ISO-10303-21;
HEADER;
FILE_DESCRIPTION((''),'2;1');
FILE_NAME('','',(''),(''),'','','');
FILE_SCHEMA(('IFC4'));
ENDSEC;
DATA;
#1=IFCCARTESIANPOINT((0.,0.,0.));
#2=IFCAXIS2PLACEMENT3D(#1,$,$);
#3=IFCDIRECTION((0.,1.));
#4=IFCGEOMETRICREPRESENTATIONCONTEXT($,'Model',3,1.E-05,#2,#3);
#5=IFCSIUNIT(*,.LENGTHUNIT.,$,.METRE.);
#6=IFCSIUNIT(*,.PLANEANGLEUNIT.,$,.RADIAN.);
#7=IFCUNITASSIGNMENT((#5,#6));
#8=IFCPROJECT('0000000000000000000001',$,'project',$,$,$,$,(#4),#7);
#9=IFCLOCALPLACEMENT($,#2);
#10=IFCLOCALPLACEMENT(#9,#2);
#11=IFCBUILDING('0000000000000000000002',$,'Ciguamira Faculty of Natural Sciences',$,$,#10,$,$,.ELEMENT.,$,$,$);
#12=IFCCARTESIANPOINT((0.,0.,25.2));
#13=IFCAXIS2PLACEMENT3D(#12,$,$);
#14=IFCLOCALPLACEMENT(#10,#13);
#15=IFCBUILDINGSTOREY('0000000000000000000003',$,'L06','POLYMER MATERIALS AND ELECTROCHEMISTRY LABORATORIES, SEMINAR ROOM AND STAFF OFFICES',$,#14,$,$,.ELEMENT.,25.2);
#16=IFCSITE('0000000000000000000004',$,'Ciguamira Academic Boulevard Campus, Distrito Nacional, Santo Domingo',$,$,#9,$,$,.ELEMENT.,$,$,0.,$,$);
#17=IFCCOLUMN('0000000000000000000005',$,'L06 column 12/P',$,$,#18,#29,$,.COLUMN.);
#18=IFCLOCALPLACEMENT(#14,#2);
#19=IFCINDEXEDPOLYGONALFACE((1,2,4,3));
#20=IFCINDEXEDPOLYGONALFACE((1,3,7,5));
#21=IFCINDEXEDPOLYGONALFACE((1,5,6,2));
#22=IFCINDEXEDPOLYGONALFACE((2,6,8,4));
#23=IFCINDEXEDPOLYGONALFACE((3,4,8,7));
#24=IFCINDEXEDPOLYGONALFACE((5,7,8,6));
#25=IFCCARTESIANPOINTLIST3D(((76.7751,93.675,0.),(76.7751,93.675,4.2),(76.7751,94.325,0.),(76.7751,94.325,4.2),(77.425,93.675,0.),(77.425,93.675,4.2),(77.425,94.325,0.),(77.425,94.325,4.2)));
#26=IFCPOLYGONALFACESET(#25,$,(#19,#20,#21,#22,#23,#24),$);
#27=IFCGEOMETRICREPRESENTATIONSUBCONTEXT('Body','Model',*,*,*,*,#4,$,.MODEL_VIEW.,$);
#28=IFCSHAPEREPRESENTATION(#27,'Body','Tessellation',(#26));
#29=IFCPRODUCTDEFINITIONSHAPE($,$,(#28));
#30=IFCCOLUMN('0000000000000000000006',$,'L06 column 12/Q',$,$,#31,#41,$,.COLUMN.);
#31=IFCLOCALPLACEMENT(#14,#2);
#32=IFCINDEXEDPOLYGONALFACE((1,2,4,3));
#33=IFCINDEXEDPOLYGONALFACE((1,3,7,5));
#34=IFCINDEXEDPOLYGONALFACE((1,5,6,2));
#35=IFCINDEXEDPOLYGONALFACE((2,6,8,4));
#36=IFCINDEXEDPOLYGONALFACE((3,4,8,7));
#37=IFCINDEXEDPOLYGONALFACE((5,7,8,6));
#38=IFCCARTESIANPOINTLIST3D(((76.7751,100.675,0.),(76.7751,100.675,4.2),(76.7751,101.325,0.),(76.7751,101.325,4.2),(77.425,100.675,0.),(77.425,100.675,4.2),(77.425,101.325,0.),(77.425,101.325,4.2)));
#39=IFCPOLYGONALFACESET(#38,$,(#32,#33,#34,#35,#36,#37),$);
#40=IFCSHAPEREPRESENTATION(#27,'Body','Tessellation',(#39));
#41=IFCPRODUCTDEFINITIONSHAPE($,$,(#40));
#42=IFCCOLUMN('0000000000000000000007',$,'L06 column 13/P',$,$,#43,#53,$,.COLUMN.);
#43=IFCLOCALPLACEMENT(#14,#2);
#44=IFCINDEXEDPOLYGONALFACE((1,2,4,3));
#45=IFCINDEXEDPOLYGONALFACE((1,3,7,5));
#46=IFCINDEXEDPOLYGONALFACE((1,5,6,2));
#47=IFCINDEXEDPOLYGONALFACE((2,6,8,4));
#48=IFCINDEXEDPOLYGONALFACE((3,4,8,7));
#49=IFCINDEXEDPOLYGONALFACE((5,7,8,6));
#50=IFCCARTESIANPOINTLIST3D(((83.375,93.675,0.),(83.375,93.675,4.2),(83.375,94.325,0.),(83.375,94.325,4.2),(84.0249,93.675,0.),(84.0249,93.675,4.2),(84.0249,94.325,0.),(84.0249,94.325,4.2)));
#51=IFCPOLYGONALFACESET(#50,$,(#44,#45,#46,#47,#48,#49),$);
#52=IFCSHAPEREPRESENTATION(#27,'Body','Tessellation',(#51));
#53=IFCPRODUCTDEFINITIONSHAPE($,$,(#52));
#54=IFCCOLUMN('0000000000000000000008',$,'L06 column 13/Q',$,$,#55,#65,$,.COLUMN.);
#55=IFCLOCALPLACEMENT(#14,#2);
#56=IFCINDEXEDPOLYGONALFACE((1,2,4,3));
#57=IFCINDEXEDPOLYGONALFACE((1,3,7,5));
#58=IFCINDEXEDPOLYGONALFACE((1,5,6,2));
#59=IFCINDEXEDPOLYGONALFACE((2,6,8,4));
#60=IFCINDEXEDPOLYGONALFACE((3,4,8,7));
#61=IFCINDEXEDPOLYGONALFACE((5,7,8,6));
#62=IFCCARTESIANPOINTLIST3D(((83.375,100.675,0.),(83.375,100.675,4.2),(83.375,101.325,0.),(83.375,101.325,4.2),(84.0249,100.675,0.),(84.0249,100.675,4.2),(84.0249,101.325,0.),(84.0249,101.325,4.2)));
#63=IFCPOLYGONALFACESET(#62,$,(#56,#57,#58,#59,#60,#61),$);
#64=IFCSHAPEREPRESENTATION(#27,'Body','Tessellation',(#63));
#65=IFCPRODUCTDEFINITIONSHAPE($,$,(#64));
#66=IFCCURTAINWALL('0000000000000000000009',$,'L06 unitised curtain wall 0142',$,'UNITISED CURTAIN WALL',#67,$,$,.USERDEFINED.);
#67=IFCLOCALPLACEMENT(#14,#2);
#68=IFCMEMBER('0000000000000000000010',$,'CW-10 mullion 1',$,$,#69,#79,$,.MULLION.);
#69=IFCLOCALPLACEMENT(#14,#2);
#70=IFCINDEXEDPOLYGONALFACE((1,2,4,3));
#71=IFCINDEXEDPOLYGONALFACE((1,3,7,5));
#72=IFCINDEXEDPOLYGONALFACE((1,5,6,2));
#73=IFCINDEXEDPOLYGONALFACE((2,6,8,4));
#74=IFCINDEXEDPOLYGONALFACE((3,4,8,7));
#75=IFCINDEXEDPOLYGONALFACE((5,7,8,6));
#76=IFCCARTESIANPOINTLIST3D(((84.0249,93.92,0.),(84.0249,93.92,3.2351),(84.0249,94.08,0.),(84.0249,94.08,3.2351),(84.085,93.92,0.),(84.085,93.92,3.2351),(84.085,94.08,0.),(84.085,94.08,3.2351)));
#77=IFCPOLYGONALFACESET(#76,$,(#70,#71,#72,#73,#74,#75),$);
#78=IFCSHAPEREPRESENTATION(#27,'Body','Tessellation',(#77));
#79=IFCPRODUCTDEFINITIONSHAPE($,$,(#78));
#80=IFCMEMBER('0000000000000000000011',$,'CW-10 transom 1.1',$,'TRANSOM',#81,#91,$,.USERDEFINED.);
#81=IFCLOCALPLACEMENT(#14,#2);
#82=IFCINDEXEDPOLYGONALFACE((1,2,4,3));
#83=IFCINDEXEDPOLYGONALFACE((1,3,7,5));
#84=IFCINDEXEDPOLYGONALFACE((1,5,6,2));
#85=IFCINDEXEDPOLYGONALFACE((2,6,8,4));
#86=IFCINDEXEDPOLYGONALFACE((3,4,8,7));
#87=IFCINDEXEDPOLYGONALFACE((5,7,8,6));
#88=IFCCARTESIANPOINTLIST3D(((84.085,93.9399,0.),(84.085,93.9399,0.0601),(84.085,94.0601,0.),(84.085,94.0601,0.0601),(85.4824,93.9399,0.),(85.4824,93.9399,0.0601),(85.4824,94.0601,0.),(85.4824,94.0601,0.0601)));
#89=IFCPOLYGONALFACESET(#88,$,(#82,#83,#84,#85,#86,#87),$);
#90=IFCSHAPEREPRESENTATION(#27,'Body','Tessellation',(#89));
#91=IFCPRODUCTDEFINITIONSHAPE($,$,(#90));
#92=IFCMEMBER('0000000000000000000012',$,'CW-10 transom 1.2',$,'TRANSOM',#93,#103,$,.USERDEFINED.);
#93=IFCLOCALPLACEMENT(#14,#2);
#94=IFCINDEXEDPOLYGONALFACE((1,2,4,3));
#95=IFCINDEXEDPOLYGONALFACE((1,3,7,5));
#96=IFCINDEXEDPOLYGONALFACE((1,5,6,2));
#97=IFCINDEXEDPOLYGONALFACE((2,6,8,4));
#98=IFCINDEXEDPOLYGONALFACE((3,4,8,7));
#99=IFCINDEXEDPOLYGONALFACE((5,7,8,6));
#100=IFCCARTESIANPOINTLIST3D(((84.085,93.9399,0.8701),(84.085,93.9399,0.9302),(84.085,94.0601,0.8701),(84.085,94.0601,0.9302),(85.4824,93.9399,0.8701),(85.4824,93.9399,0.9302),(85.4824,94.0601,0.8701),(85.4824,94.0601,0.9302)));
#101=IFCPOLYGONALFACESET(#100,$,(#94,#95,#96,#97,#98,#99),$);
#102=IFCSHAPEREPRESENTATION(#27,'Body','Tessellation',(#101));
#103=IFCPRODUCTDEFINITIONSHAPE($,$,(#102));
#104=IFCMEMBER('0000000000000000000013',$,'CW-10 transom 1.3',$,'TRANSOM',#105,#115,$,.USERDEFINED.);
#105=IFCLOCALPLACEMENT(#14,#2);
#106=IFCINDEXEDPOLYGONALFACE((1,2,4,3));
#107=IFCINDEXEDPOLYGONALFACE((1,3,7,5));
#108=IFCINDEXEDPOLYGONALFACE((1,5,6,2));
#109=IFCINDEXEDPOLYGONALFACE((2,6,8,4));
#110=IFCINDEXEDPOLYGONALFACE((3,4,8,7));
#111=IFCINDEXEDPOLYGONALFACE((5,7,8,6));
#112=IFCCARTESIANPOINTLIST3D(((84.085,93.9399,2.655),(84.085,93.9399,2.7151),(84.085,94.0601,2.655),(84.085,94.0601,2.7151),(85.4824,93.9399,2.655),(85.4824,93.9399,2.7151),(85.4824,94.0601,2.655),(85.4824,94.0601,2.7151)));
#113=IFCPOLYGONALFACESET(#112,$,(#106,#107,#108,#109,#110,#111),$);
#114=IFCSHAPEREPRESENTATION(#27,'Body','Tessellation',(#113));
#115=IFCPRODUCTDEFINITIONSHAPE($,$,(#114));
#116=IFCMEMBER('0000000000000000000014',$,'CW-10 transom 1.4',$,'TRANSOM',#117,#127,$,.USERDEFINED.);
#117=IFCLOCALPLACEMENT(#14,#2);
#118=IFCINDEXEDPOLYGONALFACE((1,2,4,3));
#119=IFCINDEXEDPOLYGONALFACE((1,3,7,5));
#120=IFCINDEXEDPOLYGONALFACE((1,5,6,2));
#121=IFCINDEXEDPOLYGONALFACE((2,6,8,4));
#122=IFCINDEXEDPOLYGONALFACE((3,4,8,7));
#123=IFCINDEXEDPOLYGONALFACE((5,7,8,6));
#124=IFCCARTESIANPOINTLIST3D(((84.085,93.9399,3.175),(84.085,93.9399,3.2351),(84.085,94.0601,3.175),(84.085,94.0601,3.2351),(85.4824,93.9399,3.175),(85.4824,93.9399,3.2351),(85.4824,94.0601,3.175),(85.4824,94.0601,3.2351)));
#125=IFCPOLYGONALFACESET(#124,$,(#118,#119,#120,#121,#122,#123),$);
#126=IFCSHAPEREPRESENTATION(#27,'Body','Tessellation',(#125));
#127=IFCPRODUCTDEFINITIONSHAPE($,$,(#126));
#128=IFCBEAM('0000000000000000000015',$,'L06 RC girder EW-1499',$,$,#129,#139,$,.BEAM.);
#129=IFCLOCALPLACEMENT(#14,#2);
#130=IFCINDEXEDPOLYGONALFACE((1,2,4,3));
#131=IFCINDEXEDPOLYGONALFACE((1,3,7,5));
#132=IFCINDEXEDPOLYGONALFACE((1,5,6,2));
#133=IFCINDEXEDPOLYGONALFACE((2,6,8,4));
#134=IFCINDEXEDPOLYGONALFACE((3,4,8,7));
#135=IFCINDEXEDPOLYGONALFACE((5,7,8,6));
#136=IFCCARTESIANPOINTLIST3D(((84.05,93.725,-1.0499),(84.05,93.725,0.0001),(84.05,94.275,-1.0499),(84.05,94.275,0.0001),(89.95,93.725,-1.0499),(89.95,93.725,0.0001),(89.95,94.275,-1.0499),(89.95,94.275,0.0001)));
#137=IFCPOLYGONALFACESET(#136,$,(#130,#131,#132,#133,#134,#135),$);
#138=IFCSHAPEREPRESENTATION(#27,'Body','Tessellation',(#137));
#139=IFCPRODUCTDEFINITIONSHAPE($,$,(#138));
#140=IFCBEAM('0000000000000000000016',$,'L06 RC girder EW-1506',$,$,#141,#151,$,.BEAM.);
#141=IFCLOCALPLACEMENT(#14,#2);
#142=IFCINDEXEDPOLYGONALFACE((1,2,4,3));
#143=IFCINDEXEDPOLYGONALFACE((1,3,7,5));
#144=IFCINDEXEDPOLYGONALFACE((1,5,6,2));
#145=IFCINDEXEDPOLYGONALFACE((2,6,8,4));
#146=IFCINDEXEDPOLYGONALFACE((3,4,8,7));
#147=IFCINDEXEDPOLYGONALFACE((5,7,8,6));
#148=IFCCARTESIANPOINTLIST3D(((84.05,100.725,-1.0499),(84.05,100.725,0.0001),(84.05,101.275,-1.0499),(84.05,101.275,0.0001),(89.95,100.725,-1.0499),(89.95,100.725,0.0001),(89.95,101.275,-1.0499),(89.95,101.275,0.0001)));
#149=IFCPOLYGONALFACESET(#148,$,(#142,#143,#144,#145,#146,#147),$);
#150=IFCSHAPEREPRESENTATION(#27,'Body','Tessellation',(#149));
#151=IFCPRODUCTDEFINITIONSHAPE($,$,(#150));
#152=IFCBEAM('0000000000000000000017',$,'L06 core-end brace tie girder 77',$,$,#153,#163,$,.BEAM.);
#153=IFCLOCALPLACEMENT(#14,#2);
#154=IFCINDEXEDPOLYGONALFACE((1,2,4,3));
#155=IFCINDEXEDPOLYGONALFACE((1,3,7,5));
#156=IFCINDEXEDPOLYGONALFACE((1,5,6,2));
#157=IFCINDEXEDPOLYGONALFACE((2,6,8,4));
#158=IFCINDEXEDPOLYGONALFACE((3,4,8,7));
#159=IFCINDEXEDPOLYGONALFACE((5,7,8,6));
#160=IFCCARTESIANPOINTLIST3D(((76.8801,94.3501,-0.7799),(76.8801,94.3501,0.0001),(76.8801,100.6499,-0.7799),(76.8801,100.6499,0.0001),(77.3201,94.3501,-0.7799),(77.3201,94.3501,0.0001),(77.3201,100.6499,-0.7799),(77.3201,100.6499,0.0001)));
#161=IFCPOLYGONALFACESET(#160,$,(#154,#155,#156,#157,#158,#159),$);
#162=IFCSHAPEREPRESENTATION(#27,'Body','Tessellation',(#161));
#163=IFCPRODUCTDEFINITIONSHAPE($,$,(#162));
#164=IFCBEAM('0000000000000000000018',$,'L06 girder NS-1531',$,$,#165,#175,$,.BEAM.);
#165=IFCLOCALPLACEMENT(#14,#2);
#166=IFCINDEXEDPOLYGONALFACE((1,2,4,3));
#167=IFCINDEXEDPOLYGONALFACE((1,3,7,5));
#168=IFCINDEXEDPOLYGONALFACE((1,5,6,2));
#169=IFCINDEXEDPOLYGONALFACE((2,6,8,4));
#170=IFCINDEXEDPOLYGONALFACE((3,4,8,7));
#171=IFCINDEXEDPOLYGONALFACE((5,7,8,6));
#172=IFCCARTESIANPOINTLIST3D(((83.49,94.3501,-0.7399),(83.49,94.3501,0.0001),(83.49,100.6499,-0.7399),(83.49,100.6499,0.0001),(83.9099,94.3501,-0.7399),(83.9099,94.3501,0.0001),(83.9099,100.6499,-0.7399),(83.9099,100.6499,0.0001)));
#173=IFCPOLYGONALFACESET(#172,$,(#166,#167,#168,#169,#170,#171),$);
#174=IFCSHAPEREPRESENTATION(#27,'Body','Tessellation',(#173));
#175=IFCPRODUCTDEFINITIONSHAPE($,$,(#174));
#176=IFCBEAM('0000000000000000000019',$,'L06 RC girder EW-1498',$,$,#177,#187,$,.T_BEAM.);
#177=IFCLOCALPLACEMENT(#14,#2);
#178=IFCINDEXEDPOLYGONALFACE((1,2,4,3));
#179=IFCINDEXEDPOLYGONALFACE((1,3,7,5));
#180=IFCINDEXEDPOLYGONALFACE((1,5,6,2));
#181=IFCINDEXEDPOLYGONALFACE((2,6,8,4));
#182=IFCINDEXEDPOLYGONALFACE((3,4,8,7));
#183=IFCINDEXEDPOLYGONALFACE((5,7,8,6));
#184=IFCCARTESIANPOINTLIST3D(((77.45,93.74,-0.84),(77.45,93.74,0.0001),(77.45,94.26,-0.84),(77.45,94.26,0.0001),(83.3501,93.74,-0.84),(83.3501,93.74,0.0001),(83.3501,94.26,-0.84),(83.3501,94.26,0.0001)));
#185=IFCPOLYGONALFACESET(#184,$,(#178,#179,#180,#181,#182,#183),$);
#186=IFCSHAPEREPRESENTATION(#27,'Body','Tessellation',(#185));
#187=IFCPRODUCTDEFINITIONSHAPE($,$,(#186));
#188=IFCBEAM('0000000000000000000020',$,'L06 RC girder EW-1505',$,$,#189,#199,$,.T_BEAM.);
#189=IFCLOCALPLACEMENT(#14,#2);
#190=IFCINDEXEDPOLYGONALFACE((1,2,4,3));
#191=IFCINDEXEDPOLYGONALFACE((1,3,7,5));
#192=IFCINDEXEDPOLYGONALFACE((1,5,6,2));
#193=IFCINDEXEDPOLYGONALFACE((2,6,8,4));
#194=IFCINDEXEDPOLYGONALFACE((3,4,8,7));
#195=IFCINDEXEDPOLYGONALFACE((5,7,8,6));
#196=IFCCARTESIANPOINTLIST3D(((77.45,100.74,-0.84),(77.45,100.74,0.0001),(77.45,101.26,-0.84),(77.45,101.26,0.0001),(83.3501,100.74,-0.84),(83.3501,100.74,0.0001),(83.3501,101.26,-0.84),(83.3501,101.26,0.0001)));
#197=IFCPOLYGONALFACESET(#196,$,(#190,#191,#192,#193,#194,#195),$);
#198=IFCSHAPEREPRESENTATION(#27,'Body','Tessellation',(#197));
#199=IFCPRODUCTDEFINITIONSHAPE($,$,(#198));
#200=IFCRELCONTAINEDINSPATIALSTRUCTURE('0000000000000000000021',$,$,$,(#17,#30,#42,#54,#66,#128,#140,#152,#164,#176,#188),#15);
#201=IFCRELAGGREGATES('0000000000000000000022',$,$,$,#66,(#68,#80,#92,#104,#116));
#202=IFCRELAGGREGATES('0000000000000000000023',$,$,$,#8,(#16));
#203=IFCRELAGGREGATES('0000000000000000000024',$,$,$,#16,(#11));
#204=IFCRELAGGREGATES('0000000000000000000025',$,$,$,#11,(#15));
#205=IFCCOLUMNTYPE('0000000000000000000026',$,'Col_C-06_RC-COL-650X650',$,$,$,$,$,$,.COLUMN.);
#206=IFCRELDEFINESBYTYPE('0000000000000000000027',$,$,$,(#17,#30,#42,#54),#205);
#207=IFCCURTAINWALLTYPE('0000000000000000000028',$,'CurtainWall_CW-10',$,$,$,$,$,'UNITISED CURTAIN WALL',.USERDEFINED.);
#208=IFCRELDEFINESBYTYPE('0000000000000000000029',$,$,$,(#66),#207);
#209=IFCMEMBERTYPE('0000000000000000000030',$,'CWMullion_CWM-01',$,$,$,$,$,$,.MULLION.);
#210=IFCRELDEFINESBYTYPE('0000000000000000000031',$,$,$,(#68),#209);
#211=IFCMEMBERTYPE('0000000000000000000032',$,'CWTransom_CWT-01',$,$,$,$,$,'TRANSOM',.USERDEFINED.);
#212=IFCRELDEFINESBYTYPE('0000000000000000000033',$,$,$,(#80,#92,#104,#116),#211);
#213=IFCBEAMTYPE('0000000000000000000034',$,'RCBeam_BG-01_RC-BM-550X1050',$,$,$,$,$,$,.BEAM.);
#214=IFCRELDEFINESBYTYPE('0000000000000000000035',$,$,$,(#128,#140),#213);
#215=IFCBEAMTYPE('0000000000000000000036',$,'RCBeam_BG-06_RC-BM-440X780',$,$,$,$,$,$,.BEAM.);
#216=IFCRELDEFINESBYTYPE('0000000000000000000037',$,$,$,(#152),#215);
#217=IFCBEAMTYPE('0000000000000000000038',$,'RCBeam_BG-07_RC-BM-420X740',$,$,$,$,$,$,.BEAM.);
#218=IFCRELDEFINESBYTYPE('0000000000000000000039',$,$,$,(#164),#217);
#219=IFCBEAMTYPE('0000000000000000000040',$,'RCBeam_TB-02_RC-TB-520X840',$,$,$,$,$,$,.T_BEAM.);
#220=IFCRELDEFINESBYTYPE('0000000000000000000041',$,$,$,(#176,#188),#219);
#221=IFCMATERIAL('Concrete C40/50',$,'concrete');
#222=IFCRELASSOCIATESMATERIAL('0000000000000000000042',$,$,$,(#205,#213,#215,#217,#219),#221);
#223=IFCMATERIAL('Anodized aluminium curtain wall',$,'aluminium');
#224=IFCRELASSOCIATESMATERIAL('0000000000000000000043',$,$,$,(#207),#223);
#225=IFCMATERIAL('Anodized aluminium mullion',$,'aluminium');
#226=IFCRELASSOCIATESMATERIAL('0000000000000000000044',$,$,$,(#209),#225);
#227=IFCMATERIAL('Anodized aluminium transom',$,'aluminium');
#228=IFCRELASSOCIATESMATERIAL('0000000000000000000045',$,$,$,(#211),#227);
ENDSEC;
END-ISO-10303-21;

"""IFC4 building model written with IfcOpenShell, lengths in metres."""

from ifc_helpers import new_model, si_unit, direction, frame, origin, origin_2d, place, context, subcontext, project, spatial, rectangle, extrude, material, material_profile, profile_set, type_object, element, aggregate, save


model = new_model("IFC4")

# Units and contexts
model_context = context("Model", 3, precision=1e-05, world=origin(), true_north=direction((0.0, 1.0)))
body_context = subcontext(model_context, "Body", "Model", "MODEL_VIEW")
ifc_project = project(units=[si_unit("LENGTHUNIT", "METRE"), si_unit("PLANEANGLEUNIT", "RADIAN")], contexts=[model_context])

# Site, building, storey
site_placement = place(None, origin())
site = spatial("IfcSite", under=ifc_project, at=site_placement, Name="Ciguamira Academic Boulevard Campus, Distrito Nacional, Santo Domingo", CompositionType="ELEMENT", RefElevation=0.0)
building_placement = place(site_placement, origin())
building = spatial("IfcBuilding", under=site, at=building_placement, Name="Ciguamira Faculty of Natural Sciences", CompositionType="ELEMENT")
storey_placement = place(building_placement, frame((0.0, 0.0, 25.2)))
storey = spatial("IfcBuildingStorey", under=building, at=storey_placement, Name="L06", Description="POLYMER MATERIALS AND ELECTROCHEMISTRY LABORATORIES, SEMINAR ROOM AND STAFF OFFICES", CompositionType="ELEMENT", Elevation=25.2)

# Columns
ifc_material_1 = material(Name="Concrete C40/50", Category="concrete")
ifc_material_profile_1 = material_profile(ifc_material_1, rectangle(XDim=0.6499, YDim=0.6499, at=origin_2d()), Name="RC-COL-650X650")
ifc_profile_set_1 = profile_set([ifc_material_profile_1], Name="Concrete C40/50")
column_type = type_object("IfcColumnType", Name="Col_C-06_RC-COL-650X650", PredefinedType="COLUMN", material=ifc_profile_set_1)
for number, where, z_axis, x_axis, name in (
    (1, (77.1001, 94.0, 0.0), (0.0, 0.0, 1.0), (1.0, 0.0, 0.0), "L06 column 12/P"),
    (2, (77.1001, 101.0, 0.0), (0.0, 0.0, 1.0), (1.0, 0.0, 0.0), "L06 column 12/Q"),
    (3, (83.7, 94.0, 0.0), (0.0, 0.0, 1.0), (1.0, 0.0, 0.0), "L06 column 13/P"),
    (4, (83.7, 101.0, 0.0), (0.0, 0.0, 1.0), (1.0, 0.0, 0.0), "L06 column 13/Q"),
):
    element("IfcColumn", number, at=place(storey_placement, frame(where, z_axis=z_axis, x_axis=x_axis)), inside=storey, type_object=column_type, Name=name, PredefinedType="COLUMN", context=body_context, shape_type="SweptSolid", body=[
        extrude(rectangle(XDim=0.6499, YDim=0.6499, at=origin_2d()), origin(), (0.0, 0.0, 1.0), 4.2),
    ])

# Curtain wall, members
ifc_material_2 = material(Name="Anodized aluminium curtain wall", Category="aluminium")
curtain_wall_type = type_object("IfcCurtainWallType", Name="CurtainWall_CW-10", ElementType="UNITISED CURTAIN WALL", PredefinedType="USERDEFINED", material=ifc_material_2)
curtain_wall_placement = place(storey_placement, origin())
curtain_wall = element("IfcCurtainWall", 5, at=curtain_wall_placement, inside=storey, type_object=curtain_wall_type, Name="L06 unitised curtain wall 0142", ObjectType="UNITISED CURTAIN WALL", PredefinedType="USERDEFINED")
ifc_material_3 = material(Name="Anodized aluminium mullion", Category="aluminium")
ifc_material_profile_2 = material_profile(ifc_material_3, rectangle(XDim=0.0601, YDim=0.1599, at=origin_2d()), Name="ALU-MUL-60X160")
ifc_profile_set_2 = profile_set([ifc_material_profile_2], Name="Anodized aluminium mullion")
member_type_1 = type_object("IfcMemberType", Name="CWMullion_CWM-01", PredefinedType="MULLION", material=ifc_profile_set_2)
member_1_placement = place(storey_placement, frame((84.0549, 94.0, 0.0), z_axis=(0.0, 0.0, 1.0), x_axis=(1.0, 0.0, 0.0)))
member_1 = element("IfcMember", 6, at=member_1_placement, type_object=member_type_1, Name="CW-10 mullion 1", PredefinedType="MULLION", context=body_context, shape_type="SweptSolid", body=[
    extrude(rectangle(XDim=0.0601, YDim=0.1599, at=origin_2d()), origin(), (0.0, 0.0, 1.0), 3.2351),
])
ifc_material_4 = material(Name="Anodized aluminium transom", Category="aluminium")
ifc_material_profile_3 = material_profile(ifc_material_4, rectangle(XDim=0.0601, YDim=0.1201, at=origin_2d()), Name="ALU-TRN-60X120")
ifc_profile_set_3 = profile_set([ifc_material_profile_3], Name="Anodized aluminium transom")
member_type_2 = type_object("IfcMemberType", Name="CWTransom_CWT-01", ElementType="TRANSOM", PredefinedType="USERDEFINED", material=ifc_profile_set_3)
member_2_placement = place(storey_placement, frame((84.085, 94.0, 0.03), z_axis=(1.0, 0.0, 0.0), x_axis=(0.0, 0.0, 1.0)))
member_2 = element("IfcMember", 7, at=member_2_placement, type_object=member_type_2, Name="CW-10 transom 1.1", ObjectType="TRANSOM", PredefinedType="USERDEFINED", context=body_context, shape_type="SweptSolid", body=[
    extrude(rectangle(XDim=0.0601, YDim=0.1201, at=origin_2d()), origin(), (0.0, 0.0, 1.0), 1.3975),
])
member_3_placement = place(storey_placement, frame((84.085, 94.0, 0.9001), z_axis=(1.0, 0.0, 0.0), x_axis=(0.0, 0.0, 1.0)))
member_3 = element("IfcMember", 8, at=member_3_placement, type_object=member_type_2, Name="CW-10 transom 1.2", ObjectType="TRANSOM", PredefinedType="USERDEFINED", context=body_context, shape_type="SweptSolid", body=[
    extrude(rectangle(XDim=0.0601, YDim=0.1201, at=origin_2d()), origin(), (0.0, 0.0, 1.0), 1.3975),
])
member_4_placement = place(storey_placement, frame((84.085, 94.0, 2.6851), z_axis=(1.0, 0.0, 0.0), x_axis=(0.0, 0.0, 1.0)))
member_4 = element("IfcMember", 9, at=member_4_placement, type_object=member_type_2, Name="CW-10 transom 1.3", ObjectType="TRANSOM", PredefinedType="USERDEFINED", context=body_context, shape_type="SweptSolid", body=[
    extrude(rectangle(XDim=0.0601, YDim=0.1201, at=origin_2d()), origin(), (0.0, 0.0, 1.0), 1.3975),
])
member_5_placement = place(storey_placement, frame((84.085, 94.0, 3.2051), z_axis=(1.0, 0.0, 0.0), x_axis=(0.0, 0.0, 1.0)))
member_5 = element("IfcMember", 10, at=member_5_placement, type_object=member_type_2, Name="CW-10 transom 1.4", ObjectType="TRANSOM", PredefinedType="USERDEFINED", context=body_context, shape_type="SweptSolid", body=[
    extrude(rectangle(XDim=0.0601, YDim=0.1201, at=origin_2d()), origin(), (0.0, 0.0, 1.0), 1.3975),
])

# Beams
ifc_material_profile_4 = material_profile(ifc_material_1, rectangle(XDim=0.55, YDim=1.05, at=origin_2d()), Name="RC-BM-550X1050")
ifc_profile_set_4 = profile_set([ifc_material_profile_4], Name="Concrete C40/50")
beam_type_1 = type_object("IfcBeamType", Name="RCBeam_BG-01_RC-BM-550X1050", PredefinedType="BEAM", material=ifc_profile_set_4)
for number, where, z_axis, x_axis, name in (
    (11, (84.05, 94.0, -0.5249), (1.0, 0.0, 0.0), (0.0, 1.0, 0.0), "L06 RC girder EW-1499"),
    (12, (84.05, 101.0, -0.5249), (1.0, 0.0, 0.0), (0.0, 1.0, 0.0), "L06 RC girder EW-1506"),
):
    element("IfcBeam", number, at=place(storey_placement, frame(where, z_axis=z_axis, x_axis=x_axis)), inside=storey, type_object=beam_type_1, Name=name, PredefinedType="BEAM", context=body_context, shape_type="SweptSolid", body=[
        extrude(rectangle(XDim=0.55, YDim=1.05, at=origin_2d()), origin(), (0.0, 0.0, 1.0), 5.8999),
    ])
ifc_material_profile_5 = material_profile(ifc_material_1, rectangle(XDim=0.4399, YDim=0.78, at=origin_2d()), Name="RC-BM-440X780")
ifc_profile_set_5 = profile_set([ifc_material_profile_5], Name="Concrete C40/50")
beam_type_2 = type_object("IfcBeamType", Name="RCBeam_BG-06_RC-BM-440X780", PredefinedType="BEAM", material=ifc_profile_set_5)
beam_1_placement = place(storey_placement, frame((77.1001, 94.3501, -0.3899), z_axis=(0.0, 1.0, 0.0), x_axis=(-1.0, 0.0, 0.0)))
element("IfcBeam", 13, at=beam_1_placement, inside=storey, type_object=beam_type_2, Name="L06 core-end brace tie girder 77", PredefinedType="BEAM", context=body_context, shape_type="SweptSolid", body=[
    extrude(rectangle(XDim=0.4399, YDim=0.78, at=origin_2d()), origin(), (0.0, 0.0, 1.0), 6.2998),
])
ifc_material_profile_6 = material_profile(ifc_material_1, rectangle(XDim=0.4199, YDim=0.74, at=origin_2d()), Name="RC-BM-420X740")
ifc_profile_set_6 = profile_set([ifc_material_profile_6], Name="Concrete C40/50")
beam_type_3 = type_object("IfcBeamType", Name="RCBeam_BG-07_RC-BM-420X740", PredefinedType="BEAM", material=ifc_profile_set_6)
beam_2_placement = place(storey_placement, frame((83.7, 94.3501, -0.3699), z_axis=(0.0, 1.0, 0.0), x_axis=(-1.0, 0.0, 0.0)))
element("IfcBeam", 14, at=beam_2_placement, inside=storey, type_object=beam_type_3, Name="L06 girder NS-1531", PredefinedType="BEAM", context=body_context, shape_type="SweptSolid", body=[
    extrude(rectangle(XDim=0.4199, YDim=0.74, at=origin_2d()), origin(), (0.0, 0.0, 1.0), 6.2998),
])
ifc_material_profile_7 = material_profile(ifc_material_1, rectangle(XDim=0.52, YDim=0.8401, at=origin_2d()), Name="RC-TB-520X840")
ifc_profile_set_7 = profile_set([ifc_material_profile_7], Name="Concrete C40/50")
beam_type_4 = type_object("IfcBeamType", Name="RCBeam_TB-02_RC-TB-520X840", PredefinedType="T_BEAM", material=ifc_profile_set_7)
for number, where, z_axis, x_axis, name in (
    (15, (77.45, 94.0, -0.4199), (1.0, 0.0, 0.0), (0.0, 1.0, 0.0), "L06 RC girder EW-1498"),
    (16, (77.45, 101.0, -0.4199), (1.0, 0.0, 0.0), (0.0, 1.0, 0.0), "L06 RC girder EW-1505"),
):
    element("IfcBeam", number, at=place(storey_placement, frame(where, z_axis=z_axis, x_axis=x_axis)), inside=storey, type_object=beam_type_4, Name=name, PredefinedType="T_BEAM", context=body_context, shape_type="SweptSolid", body=[
        extrude(rectangle(XDim=0.52, YDim=0.8401, at=origin_2d()), origin(), (0.0, 0.0, 1.0), 5.9001),
    ])

aggregate(curtain_wall, [member_1, member_2, member_3, member_4, member_5])

save(model, "model.ifc")
